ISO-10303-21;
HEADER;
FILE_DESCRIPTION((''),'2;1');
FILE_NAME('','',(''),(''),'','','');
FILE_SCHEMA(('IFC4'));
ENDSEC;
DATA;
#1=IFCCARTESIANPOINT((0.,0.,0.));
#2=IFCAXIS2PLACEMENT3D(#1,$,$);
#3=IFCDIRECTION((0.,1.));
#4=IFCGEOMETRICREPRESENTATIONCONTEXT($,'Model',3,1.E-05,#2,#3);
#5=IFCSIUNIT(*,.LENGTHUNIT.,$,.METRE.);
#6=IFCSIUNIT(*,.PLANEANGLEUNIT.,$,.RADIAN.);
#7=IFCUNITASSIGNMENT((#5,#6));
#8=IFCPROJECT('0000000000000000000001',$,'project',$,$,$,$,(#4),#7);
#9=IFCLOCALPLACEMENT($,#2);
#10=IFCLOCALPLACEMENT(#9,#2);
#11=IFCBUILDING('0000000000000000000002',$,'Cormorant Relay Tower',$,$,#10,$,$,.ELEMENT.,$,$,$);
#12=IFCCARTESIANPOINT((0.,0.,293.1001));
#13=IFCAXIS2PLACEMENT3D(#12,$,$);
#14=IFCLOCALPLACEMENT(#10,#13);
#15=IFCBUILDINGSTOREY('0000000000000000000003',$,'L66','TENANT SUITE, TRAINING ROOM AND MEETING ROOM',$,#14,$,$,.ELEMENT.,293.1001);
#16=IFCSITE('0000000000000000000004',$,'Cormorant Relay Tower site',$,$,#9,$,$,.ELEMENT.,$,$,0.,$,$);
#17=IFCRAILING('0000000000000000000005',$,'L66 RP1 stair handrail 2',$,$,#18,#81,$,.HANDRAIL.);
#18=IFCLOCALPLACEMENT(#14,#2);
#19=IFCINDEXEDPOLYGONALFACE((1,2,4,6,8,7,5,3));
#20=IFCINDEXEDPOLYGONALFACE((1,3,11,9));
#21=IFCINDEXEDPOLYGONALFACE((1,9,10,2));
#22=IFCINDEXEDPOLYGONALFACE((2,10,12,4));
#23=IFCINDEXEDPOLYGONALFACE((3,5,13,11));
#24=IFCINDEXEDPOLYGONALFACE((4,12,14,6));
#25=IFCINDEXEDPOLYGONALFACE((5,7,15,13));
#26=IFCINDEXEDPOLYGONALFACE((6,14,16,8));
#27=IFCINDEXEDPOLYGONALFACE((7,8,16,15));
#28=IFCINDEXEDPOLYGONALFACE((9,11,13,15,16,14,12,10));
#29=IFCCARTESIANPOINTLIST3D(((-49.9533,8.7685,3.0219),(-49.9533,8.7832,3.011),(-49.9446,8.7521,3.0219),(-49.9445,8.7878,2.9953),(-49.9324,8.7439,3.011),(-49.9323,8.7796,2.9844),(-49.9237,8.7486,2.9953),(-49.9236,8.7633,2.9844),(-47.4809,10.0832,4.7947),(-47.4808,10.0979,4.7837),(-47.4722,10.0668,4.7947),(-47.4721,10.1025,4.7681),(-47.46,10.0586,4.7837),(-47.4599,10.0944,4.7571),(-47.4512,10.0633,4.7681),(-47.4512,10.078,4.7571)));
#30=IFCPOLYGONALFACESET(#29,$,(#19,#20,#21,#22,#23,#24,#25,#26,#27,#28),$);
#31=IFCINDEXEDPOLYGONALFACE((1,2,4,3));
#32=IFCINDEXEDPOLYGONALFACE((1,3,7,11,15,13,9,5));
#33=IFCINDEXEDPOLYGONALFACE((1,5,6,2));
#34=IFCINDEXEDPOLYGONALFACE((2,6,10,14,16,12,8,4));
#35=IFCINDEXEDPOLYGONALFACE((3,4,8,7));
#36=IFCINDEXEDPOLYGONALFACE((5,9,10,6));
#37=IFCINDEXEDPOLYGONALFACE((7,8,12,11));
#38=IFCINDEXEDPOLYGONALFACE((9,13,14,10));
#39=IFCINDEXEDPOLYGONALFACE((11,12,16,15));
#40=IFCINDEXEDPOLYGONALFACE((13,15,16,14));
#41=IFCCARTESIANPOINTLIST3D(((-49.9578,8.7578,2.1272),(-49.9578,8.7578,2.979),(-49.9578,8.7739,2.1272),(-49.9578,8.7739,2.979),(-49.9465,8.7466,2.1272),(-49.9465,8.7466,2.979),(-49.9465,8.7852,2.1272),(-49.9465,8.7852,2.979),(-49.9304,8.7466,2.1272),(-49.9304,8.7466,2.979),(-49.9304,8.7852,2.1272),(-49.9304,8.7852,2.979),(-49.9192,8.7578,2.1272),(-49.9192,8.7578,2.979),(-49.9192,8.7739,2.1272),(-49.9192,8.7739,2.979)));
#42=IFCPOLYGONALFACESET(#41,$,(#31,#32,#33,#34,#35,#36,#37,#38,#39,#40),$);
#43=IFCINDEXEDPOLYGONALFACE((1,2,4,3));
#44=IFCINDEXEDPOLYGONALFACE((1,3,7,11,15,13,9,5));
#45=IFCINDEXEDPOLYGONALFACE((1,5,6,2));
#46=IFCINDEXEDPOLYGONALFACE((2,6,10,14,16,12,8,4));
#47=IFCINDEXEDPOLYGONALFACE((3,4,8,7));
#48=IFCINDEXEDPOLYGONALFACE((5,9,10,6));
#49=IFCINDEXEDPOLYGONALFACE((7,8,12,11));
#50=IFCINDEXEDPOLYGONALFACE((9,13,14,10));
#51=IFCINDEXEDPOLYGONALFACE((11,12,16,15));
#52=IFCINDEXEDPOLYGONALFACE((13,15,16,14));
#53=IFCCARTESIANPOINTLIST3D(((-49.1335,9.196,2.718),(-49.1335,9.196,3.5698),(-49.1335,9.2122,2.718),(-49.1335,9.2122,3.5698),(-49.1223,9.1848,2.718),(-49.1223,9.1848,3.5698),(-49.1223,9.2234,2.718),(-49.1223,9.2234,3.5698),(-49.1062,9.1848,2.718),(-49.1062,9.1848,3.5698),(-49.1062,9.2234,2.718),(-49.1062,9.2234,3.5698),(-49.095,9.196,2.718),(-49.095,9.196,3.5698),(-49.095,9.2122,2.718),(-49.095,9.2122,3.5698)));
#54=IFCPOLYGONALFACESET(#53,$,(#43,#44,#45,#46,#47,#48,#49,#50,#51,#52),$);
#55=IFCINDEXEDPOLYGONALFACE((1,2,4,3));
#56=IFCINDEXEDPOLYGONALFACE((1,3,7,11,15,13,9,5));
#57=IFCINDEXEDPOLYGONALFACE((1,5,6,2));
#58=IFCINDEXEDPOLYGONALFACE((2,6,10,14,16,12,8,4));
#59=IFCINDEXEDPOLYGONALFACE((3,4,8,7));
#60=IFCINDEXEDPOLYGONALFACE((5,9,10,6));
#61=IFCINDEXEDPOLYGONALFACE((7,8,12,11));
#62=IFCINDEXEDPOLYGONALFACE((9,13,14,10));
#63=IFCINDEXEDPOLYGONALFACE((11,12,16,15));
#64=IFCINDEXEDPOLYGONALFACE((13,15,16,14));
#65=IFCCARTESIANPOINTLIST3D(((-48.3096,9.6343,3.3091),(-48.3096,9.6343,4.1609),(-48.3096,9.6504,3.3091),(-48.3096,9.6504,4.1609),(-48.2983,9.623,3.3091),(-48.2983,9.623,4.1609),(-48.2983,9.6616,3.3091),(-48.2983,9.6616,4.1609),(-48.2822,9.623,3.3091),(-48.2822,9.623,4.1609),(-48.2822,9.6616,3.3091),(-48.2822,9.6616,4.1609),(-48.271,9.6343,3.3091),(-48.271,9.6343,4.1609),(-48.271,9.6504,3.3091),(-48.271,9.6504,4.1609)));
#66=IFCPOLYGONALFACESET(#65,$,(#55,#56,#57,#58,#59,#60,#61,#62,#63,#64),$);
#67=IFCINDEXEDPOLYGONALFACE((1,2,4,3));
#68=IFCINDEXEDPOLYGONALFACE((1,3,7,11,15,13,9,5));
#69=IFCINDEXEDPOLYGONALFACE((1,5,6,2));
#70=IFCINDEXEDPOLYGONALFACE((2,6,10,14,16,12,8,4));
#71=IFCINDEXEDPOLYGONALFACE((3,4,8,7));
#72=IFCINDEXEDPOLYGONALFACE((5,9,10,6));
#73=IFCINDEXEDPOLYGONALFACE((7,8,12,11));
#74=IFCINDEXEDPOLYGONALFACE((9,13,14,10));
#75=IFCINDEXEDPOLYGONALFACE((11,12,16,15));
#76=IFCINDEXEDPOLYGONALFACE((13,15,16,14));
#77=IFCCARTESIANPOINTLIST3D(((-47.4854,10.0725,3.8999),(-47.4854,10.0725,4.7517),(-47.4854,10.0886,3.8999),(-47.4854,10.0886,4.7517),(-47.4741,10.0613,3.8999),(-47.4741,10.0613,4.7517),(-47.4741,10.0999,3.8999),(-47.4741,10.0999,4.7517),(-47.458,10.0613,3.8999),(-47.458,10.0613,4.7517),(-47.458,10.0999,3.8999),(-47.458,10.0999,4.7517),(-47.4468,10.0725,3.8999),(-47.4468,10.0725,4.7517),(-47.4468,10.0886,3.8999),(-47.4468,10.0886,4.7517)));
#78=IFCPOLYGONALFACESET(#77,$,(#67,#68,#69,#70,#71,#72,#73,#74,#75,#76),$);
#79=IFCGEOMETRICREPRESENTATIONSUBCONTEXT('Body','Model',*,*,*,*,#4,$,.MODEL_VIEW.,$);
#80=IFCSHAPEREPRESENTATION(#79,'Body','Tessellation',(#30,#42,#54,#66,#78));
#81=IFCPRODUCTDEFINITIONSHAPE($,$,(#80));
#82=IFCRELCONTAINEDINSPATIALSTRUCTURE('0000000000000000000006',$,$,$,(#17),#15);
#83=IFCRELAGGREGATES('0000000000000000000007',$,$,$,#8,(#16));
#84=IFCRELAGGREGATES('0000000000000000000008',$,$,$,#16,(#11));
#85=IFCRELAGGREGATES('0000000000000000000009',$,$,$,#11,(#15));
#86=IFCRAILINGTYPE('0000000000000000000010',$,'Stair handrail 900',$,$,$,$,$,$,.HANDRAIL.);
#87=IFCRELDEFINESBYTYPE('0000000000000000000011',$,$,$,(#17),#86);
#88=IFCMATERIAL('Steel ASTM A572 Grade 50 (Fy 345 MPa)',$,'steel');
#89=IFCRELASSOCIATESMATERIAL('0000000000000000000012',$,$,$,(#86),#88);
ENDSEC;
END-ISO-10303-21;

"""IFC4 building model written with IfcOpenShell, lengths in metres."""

from ifc_helpers import new_model, si_unit, direction, frame, origin, place, context, subcontext, project, spatial, polyline, outline, extrude, material, type_object, element, save


model = new_model("IFC4")

# Units and contexts
model_context = context("Model", 3, precision=1e-05, world=origin(), true_north=direction((0.0, 1.0)))
body_context = subcontext(model_context, "Body", "Model", "MODEL_VIEW")
ifc_project = project(units=[si_unit("LENGTHUNIT", "METRE"), si_unit("PLANEANGLEUNIT", "RADIAN")], contexts=[model_context])

# Site, building, storey
site_placement = place(None, origin())
site = spatial("IfcSite", under=ifc_project, at=site_placement, Name="Cormorant Relay Tower site", CompositionType="ELEMENT", RefElevation=0.0)
building_placement = place(site_placement, origin())
building = spatial("IfcBuilding", under=site, at=building_placement, Name="Cormorant Relay Tower", CompositionType="ELEMENT")
storey_placement = place(building_placement, frame((0.0, 0.0, 293.1001)))
storey = spatial("IfcBuildingStorey", under=building, at=storey_placement, Name="L66", Description="TENANT SUITE, TRAINING ROOM AND MEETING ROOM", CompositionType="ELEMENT", Elevation=293.1001)

# Railing
ifc_material_1 = material(Name="Steel ASTM A572 Grade 50 (Fy 345 MPa)", Category="steel")
railing_type_1 = type_object("IfcRailingType", Name="Stair handrail 900", PredefinedType="HANDRAIL", material=ifc_material_1)
railing_1_placement = place(storey_placement, frame((-49.9385, 8.7659, 2.1272)))
element("IfcRailing", 1, at=railing_1_placement, inside=storey, type_object=railing_type_1, Name="L66 RP1 stair handrail 2", PredefinedType="HANDRAIL", context=body_context, shape_type="SweptSolid", body=[
    extrude(outline(polyline([(0.0222, 0.0093), (0.0093, 0.0222), (-0.0093, 0.0222), (-0.0222, 0.0093), (-0.0222, -0.0093), (-0.0093, -0.0222), (0.0093, -0.0222), (0.0222, -0.0093), (0.0222, 0.0093)])), frame((0.0, 0.0, 0.876), z_axis=(0.746012, 0.39669, 0.534886), x_axis=(-0.469497, 0.882934, 0.0)), (0.0, 0.0, 1.0), 3.3142),
    extrude(outline(polyline([(0.0193, 0.0081), (0.0081, 0.0193), (-0.0081, 0.0193), (-0.0193, 0.0081), (-0.0193, -0.0081), (-0.0081, -0.0193), (0.0081, -0.0193), (0.0193, -0.0081), (0.0193, 0.0081)])), origin(), (0.0, 0.0, 1.0), 0.8518),
    extrude(outline(polyline([(0.0193, 0.0081), (0.0081, 0.0193), (-0.0081, 0.0193), (-0.0193, 0.0081), (-0.0193, -0.0081), (-0.0081, -0.0193), (0.0081, -0.0193), (0.0193, -0.0081), (0.0193, 0.0081)])), frame((0.8242, 0.4382, 0.5908)), (0.0, 0.0, 1.0), 0.8518),
    extrude(outline(polyline([(0.0193, 0.0081), (0.0081, 0.0193), (-0.0081, 0.0193), (-0.0193, 0.0081), (-0.0193, -0.0081), (-0.0081, -0.0193), (0.0081, -0.0193), (0.0193, -0.0081), (0.0193, 0.0081)])), frame((1.6482, 0.8765, 1.1819)), (0.0, 0.0, 1.0), 0.8518),
    extrude(outline(polyline([(0.0193, 0.0081), (0.0081, 0.0193), (-0.0081, 0.0193), (-0.0193, 0.0081), (-0.0193, -0.0081), (-0.0081, -0.0193), (0.0081, -0.0193), (0.0193, -0.0081), (0.0193, 0.0081)])), frame((2.4724, 1.3147, 1.7727)), (0.0, 0.0, 1.0), 0.8518),
])

save(model, "model.ifc")
